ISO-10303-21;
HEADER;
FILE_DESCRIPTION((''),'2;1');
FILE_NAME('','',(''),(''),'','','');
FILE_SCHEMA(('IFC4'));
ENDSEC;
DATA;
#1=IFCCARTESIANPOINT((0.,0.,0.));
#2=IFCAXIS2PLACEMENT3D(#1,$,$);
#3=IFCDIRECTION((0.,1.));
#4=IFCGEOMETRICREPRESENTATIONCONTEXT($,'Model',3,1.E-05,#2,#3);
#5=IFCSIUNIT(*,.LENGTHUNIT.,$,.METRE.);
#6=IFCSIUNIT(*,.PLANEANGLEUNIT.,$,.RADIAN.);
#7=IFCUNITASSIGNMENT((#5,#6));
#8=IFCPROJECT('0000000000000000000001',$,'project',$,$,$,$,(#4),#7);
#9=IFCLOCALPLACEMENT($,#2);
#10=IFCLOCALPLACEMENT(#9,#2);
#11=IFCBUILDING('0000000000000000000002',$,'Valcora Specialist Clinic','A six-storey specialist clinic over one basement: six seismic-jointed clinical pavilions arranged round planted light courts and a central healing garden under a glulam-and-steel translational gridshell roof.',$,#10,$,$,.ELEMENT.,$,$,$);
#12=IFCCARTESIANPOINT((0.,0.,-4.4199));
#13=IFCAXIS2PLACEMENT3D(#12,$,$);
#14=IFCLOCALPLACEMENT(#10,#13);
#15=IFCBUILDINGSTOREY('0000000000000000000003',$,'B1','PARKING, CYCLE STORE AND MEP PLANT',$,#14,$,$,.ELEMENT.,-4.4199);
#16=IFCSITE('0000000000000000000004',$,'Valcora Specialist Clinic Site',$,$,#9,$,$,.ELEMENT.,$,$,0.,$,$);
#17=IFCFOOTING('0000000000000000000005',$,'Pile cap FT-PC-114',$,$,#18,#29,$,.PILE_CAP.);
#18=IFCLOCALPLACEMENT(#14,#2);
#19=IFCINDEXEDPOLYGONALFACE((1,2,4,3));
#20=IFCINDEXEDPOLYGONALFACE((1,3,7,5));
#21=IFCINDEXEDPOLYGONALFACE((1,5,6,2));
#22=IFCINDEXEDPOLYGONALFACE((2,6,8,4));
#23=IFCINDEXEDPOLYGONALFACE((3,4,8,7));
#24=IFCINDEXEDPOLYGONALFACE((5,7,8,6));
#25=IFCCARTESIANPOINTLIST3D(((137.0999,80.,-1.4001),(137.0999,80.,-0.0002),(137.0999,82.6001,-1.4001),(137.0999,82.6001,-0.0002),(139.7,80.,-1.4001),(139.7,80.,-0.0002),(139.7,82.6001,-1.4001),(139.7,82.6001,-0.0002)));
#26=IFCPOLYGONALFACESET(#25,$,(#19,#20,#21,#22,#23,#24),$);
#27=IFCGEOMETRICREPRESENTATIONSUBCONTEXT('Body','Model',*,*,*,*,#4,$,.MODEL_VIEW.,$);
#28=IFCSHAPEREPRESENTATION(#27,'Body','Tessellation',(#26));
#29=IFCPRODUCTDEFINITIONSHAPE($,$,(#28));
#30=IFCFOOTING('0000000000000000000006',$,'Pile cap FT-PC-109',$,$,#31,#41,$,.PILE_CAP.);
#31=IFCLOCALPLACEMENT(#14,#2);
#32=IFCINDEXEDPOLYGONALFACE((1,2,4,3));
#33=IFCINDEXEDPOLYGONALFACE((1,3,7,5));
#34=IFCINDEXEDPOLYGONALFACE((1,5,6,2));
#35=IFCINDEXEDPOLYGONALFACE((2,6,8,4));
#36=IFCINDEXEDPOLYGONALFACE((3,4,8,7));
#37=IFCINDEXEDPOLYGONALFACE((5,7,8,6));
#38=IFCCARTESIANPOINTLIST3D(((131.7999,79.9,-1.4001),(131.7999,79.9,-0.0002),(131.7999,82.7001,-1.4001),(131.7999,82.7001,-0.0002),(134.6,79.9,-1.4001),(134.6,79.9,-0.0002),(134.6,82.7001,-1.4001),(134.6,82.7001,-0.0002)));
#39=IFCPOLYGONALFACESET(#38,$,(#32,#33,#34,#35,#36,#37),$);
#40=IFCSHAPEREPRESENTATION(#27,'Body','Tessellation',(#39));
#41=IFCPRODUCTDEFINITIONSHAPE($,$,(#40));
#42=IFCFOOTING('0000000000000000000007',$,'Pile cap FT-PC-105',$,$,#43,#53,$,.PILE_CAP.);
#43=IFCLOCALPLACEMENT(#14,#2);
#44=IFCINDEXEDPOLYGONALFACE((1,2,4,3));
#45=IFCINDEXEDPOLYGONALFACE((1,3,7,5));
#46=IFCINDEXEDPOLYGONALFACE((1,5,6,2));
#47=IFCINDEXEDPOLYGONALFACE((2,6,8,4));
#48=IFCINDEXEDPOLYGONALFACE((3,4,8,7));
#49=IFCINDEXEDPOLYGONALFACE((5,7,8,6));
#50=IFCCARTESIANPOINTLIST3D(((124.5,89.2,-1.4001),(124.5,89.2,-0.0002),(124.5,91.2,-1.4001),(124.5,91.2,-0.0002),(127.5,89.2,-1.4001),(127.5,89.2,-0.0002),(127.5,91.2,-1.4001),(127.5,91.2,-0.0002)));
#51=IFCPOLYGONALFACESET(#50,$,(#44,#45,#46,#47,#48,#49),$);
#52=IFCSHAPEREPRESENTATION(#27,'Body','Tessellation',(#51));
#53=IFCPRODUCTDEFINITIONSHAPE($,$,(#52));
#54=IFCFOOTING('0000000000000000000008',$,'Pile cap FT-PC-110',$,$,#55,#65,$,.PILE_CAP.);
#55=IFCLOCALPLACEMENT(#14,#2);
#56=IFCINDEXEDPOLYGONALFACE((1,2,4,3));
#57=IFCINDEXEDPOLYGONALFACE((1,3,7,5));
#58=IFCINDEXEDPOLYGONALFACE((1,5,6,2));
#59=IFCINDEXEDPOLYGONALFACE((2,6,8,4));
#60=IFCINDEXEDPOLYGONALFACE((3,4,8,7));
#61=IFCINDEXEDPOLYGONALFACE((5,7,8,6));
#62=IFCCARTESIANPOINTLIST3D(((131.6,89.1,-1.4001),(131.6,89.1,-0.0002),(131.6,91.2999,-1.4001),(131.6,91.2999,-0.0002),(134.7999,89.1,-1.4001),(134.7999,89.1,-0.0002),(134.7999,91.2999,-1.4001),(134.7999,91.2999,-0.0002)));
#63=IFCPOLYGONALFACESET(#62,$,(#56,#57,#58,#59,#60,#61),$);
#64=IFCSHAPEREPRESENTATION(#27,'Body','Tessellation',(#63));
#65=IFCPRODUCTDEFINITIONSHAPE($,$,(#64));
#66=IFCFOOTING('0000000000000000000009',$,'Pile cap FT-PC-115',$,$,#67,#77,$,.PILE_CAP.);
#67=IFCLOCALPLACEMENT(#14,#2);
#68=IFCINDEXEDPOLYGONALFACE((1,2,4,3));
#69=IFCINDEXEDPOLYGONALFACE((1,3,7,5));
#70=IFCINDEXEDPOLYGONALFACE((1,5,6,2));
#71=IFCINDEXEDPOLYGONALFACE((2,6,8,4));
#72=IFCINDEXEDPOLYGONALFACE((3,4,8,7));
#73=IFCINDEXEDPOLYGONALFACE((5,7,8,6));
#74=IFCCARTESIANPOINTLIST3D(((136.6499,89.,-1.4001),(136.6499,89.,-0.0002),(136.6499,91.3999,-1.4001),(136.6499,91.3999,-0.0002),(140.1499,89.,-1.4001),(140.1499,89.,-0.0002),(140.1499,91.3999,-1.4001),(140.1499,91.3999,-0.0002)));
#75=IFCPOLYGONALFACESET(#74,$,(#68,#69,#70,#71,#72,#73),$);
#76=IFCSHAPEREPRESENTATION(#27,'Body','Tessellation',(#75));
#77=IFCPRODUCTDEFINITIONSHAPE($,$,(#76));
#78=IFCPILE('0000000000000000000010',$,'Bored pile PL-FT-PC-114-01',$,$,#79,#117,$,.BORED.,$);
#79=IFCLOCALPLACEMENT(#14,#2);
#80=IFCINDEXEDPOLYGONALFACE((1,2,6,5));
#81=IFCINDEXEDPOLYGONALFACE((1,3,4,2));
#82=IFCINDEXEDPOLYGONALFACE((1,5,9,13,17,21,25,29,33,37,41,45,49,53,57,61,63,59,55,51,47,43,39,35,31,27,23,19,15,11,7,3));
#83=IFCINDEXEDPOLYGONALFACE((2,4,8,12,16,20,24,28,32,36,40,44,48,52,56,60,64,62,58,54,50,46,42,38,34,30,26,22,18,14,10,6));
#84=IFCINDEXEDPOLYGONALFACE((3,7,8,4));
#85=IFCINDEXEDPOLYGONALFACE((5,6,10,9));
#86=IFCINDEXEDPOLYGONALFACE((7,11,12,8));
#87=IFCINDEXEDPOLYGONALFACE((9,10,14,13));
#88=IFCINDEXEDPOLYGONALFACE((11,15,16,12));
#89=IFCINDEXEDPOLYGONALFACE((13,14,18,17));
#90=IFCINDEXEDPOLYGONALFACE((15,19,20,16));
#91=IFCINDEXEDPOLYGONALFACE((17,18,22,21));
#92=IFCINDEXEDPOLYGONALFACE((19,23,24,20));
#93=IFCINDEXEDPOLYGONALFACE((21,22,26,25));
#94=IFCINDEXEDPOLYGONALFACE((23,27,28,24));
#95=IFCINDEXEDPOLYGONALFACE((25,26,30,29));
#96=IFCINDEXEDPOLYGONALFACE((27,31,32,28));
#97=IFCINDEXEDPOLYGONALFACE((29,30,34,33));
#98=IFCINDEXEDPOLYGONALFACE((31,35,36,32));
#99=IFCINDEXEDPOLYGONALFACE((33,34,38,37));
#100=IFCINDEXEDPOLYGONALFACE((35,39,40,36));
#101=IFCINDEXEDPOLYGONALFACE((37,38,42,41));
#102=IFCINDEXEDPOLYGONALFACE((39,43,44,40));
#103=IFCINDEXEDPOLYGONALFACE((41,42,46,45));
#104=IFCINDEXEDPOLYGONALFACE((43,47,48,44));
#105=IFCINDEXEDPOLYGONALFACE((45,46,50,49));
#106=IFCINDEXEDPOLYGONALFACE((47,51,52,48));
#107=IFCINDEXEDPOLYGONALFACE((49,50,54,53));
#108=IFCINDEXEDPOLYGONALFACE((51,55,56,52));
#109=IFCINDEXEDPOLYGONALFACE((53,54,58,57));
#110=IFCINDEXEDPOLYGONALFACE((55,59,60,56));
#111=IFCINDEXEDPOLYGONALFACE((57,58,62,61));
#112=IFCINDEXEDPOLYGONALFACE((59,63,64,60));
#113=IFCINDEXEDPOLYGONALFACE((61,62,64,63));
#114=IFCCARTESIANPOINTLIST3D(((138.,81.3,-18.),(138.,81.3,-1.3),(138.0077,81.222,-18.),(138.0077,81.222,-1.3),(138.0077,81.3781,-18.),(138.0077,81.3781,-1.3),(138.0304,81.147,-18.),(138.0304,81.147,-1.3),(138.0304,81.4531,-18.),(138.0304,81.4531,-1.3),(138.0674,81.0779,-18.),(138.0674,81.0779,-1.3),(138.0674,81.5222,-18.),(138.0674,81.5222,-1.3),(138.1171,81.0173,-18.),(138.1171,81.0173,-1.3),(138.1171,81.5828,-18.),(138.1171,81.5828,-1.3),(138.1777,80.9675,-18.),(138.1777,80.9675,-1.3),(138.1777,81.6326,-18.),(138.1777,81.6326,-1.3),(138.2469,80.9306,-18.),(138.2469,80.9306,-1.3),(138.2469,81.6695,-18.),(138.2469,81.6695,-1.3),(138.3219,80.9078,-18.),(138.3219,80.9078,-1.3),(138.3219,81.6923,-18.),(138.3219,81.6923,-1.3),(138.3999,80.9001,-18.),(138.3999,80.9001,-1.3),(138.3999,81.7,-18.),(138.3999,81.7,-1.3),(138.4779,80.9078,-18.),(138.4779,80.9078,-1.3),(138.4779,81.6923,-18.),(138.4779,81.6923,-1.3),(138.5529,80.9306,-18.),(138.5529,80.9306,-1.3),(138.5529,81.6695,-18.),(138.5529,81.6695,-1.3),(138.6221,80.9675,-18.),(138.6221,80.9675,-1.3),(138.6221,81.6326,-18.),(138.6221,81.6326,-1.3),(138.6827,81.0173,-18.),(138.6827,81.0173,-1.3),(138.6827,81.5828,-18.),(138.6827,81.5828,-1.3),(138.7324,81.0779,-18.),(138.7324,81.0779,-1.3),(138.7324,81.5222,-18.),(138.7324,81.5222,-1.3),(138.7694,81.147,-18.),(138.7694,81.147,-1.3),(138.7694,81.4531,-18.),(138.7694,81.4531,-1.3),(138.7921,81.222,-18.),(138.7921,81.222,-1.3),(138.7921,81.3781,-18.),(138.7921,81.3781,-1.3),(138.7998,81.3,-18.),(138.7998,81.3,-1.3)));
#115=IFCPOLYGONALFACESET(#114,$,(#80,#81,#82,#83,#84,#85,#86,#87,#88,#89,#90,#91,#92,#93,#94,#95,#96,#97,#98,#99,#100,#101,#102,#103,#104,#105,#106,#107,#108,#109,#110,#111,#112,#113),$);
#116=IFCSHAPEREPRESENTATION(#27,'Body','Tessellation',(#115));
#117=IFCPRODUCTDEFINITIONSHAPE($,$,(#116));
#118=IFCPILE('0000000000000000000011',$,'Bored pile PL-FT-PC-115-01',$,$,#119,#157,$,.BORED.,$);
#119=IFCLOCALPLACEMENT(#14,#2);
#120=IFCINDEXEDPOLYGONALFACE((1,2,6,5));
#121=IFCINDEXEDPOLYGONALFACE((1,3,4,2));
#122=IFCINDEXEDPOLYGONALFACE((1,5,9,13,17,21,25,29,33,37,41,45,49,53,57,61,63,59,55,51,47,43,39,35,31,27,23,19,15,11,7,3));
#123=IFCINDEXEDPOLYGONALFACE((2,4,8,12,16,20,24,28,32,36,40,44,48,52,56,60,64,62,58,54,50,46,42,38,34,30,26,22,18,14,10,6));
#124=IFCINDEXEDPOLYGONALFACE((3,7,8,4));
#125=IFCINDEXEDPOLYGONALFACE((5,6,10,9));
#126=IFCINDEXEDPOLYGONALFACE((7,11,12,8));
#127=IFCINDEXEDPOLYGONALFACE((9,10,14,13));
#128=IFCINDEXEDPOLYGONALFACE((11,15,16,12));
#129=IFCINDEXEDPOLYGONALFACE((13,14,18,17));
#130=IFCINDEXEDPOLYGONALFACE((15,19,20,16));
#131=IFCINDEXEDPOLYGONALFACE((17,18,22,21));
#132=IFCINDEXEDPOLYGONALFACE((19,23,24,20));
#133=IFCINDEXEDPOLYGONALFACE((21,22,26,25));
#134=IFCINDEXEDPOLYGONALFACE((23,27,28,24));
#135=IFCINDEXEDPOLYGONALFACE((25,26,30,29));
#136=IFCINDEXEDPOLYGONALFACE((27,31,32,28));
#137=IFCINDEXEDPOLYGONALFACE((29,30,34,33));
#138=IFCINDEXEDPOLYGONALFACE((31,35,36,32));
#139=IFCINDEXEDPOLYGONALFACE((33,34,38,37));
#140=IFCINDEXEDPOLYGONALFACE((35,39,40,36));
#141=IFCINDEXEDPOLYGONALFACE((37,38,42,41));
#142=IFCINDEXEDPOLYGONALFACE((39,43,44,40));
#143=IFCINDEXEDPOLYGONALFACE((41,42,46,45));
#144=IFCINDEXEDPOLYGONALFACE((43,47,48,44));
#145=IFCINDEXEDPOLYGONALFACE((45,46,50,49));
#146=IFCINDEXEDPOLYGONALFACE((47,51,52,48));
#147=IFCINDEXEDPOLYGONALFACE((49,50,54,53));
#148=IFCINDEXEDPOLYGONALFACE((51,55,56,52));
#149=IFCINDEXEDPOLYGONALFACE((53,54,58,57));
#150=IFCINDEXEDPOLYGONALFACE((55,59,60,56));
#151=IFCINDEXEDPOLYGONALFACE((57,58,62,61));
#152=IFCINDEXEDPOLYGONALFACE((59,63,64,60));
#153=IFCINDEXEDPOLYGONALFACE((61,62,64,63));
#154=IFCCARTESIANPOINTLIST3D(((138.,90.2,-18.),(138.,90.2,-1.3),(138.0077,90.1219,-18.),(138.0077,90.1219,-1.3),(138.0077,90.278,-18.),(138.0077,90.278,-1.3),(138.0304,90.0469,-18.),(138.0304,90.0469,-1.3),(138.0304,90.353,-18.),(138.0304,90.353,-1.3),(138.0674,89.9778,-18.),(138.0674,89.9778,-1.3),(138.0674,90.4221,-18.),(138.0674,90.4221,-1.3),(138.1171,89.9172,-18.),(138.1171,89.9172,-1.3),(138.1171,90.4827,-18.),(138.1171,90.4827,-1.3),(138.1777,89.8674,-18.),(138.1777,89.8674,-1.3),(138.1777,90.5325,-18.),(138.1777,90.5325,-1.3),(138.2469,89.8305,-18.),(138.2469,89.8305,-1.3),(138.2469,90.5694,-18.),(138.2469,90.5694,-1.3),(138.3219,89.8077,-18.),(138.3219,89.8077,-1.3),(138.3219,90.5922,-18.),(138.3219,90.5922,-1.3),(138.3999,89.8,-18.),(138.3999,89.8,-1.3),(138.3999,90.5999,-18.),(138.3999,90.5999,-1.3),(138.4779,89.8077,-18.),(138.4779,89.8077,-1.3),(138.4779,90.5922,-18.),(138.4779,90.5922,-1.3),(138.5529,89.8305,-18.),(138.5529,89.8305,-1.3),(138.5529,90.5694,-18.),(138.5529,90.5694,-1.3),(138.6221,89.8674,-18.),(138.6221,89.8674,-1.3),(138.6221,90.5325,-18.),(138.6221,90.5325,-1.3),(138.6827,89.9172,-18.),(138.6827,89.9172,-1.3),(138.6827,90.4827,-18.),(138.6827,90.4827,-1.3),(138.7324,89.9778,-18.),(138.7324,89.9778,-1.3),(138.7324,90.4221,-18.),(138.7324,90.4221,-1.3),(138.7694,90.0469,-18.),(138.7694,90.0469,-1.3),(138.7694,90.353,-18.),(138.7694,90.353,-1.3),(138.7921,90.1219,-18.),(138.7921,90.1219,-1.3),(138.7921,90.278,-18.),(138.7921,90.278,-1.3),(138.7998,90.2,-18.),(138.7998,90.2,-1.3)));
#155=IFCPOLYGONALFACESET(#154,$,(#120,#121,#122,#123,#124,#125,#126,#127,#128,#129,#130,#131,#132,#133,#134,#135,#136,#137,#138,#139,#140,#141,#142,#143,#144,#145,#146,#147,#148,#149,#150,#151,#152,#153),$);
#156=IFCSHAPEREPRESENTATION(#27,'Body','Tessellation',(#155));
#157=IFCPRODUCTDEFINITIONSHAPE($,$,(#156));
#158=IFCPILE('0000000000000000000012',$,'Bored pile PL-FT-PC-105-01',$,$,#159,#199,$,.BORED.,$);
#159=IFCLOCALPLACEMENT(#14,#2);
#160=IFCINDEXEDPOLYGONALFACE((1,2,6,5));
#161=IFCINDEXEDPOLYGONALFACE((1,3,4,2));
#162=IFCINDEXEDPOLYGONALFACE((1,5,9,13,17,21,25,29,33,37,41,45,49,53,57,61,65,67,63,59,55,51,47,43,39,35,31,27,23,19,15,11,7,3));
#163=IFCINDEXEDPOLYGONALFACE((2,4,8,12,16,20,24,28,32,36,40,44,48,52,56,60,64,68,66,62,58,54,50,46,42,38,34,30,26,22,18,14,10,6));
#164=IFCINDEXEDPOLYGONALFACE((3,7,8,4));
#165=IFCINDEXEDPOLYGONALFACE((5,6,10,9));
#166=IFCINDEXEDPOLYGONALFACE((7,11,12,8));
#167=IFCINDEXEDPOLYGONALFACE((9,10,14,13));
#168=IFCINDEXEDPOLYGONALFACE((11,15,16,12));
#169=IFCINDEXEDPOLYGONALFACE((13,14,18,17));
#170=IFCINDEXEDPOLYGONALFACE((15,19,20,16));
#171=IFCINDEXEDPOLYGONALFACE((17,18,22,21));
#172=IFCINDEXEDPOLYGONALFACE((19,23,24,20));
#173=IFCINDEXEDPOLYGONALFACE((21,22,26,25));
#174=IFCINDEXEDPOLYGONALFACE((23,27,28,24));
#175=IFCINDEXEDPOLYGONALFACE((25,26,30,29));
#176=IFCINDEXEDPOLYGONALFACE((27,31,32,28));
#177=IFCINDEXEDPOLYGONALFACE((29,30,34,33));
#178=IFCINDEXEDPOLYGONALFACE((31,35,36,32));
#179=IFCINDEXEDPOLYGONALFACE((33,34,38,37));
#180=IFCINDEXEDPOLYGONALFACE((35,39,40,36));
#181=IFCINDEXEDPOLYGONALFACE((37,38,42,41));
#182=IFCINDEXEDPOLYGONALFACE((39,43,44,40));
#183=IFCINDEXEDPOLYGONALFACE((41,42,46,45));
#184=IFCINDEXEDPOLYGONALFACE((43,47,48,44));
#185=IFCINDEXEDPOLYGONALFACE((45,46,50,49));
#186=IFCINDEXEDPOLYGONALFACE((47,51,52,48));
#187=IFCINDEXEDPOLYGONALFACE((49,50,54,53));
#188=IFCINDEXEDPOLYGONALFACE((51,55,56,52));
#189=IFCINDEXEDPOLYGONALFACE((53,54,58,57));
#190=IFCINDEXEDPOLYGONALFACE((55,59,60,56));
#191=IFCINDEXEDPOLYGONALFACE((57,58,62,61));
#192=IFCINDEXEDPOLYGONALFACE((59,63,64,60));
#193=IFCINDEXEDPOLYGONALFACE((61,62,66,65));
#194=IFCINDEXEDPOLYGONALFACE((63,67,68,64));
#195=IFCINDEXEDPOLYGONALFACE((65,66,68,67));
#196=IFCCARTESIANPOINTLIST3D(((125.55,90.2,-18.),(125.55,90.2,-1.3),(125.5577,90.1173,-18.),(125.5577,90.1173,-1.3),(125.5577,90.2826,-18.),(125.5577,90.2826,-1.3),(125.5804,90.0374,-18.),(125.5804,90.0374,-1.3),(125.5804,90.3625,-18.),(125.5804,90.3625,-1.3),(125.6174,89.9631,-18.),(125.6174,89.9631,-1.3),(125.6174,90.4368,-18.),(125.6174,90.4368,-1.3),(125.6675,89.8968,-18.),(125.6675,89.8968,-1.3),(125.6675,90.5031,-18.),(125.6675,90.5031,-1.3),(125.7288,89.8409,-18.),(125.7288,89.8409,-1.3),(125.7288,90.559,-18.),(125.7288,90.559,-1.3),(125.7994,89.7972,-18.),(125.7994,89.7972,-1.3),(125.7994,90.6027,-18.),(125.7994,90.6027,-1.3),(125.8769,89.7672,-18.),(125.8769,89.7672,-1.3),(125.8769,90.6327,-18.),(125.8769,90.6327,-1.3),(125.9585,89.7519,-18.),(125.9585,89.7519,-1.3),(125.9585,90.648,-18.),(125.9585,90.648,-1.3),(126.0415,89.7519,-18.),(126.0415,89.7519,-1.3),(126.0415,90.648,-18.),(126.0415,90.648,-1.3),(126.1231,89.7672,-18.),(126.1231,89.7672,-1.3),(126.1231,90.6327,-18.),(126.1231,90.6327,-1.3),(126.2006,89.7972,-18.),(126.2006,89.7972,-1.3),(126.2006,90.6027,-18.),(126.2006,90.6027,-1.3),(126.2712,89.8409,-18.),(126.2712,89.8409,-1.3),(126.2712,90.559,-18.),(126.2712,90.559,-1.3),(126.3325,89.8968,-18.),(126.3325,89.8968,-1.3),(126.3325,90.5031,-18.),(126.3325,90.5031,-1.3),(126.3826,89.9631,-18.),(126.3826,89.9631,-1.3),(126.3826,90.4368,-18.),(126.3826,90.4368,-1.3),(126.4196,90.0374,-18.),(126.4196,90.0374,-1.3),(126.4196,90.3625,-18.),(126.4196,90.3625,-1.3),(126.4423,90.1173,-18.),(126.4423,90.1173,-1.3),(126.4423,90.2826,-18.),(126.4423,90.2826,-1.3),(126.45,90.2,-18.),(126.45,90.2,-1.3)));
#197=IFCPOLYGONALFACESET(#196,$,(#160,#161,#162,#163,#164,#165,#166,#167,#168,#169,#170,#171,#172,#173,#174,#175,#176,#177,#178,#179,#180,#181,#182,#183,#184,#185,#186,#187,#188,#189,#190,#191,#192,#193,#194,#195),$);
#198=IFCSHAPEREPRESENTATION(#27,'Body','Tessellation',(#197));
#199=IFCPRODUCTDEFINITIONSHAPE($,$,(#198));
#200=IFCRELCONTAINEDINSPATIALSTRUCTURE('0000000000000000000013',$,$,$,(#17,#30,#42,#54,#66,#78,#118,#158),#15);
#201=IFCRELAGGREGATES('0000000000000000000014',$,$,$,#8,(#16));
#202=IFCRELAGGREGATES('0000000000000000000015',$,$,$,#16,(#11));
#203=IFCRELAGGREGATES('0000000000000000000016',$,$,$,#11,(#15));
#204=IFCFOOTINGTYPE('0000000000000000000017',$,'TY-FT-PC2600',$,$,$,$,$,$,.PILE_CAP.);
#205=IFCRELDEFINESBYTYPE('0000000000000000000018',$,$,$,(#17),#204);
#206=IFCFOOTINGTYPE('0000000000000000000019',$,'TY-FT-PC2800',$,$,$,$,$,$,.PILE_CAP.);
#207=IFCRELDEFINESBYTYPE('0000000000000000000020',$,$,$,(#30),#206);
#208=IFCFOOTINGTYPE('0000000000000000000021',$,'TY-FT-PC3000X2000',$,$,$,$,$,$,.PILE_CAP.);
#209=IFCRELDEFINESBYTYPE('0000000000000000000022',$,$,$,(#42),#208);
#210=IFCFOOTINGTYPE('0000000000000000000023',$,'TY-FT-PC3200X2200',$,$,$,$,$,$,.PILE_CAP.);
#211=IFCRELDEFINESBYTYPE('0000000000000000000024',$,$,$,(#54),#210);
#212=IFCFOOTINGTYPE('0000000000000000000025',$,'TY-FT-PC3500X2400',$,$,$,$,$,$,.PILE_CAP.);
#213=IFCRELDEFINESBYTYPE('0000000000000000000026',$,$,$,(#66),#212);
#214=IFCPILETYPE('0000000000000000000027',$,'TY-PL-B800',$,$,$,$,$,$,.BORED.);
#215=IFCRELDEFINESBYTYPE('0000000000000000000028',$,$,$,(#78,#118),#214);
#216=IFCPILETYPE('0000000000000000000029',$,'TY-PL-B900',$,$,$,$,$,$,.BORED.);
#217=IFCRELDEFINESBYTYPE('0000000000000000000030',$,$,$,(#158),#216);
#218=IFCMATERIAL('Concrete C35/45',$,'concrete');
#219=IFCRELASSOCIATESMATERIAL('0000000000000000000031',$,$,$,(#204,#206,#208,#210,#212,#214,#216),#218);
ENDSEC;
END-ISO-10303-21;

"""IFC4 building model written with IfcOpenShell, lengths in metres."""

from ifc_helpers import new_model, si_unit, direction, frame, origin, origin_2d, place, context, subcontext, project, spatial, rectangle, circle, extrude, material, material_profile, profile_set, type_object, element, save


model = new_model("IFC4")

# Units and contexts
model_context = context("Model", 3, precision=1e-05, world=origin(), true_north=direction((0.0, 1.0)))
body_context = subcontext(model_context, "Body", "Model", "MODEL_VIEW")
ifc_project = project(units=[si_unit("LENGTHUNIT", "METRE"), si_unit("PLANEANGLEUNIT", "RADIAN")], contexts=[model_context])

# Site, building, storey
site_placement = place(None, origin())
site = spatial("IfcSite", under=ifc_project, at=site_placement, Name="Valcora Specialist Clinic Site", CompositionType="ELEMENT", RefElevation=0.0)
building_placement = place(site_placement, origin())
building = spatial("IfcBuilding", under=site, at=building_placement, Name="Valcora Specialist Clinic", Description="A six-storey specialist clinic over one basement: six seismic-jointed clinical pavilions arranged round planted light courts and a central healing garden under a glulam-and-steel translational gridshell roof.", CompositionType="ELEMENT")
storey_placement = place(building_placement, frame((0.0, 0.0, -4.4199)))
storey = spatial("IfcBuildingStorey", under=building, at=storey_placement, Name="B1", Description="PARKING, CYCLE STORE AND MEP PLANT", CompositionType="ELEMENT", Elevation=-4.4199)

# Footings
ifc_material_1 = material(Name="Concrete C35/45", Category="concrete")
footing_type_1 = type_object("IfcFootingType", Name="TY-FT-PC2600", PredefinedType="PILE_CAP", material=ifc_material_1)
footing_1_placement = place(storey_placement, frame((138.3999, 81.3, -1.4001), z_axis=(0.0, 0.0, 1.0), x_axis=(1.0, 0.0, 0.0)))
element("IfcFooting", 1, at=footing_1_placement, inside=storey, type_object=footing_type_1, Name="Pile cap FT-PC-114", PredefinedType="PILE_CAP", context=body_context, shape_type="SweptSolid", body=[
    extrude(rectangle(XDim=2.6001, YDim=2.6001, at=origin_2d()), origin(), (0.0, 0.0, 1.0), 1.3999),
])
footing_type_2 = type_object("IfcFootingType", Name="TY-FT-PC2800", PredefinedType="PILE_CAP", material=ifc_material_1)
footing_2_placement = place(storey_placement, frame((133.2, 81.3, -1.4001), z_axis=(0.0, 0.0, 1.0), x_axis=(1.0, 0.0, 0.0)))
element("IfcFooting", 2, at=footing_2_placement, inside=storey, type_object=footing_type_2, Name="Pile cap FT-PC-109", PredefinedType="PILE_CAP", context=body_context, shape_type="SweptSolid", body=[
    extrude(rectangle(XDim=2.8, YDim=2.8, at=origin_2d()), origin(), (0.0, 0.0, 1.0), 1.3999),
])
footing_type_3 = type_object("IfcFootingType", Name="TY-FT-PC3000X2000", PredefinedType="PILE_CAP", material=ifc_material_1)
footing_3_placement = place(storey_placement, frame((126.0, 90.2, -1.4001), z_axis=(0.0, 0.0, 1.0), x_axis=(1.0, 0.0, 0.0)))
element("IfcFooting", 3, at=footing_3_placement, inside=storey, type_object=footing_type_3, Name="Pile cap FT-PC-105", PredefinedType="PILE_CAP", context=body_context, shape_type="SweptSolid", body=[
    extrude(rectangle(XDim=3.0, YDim=2.0, at=origin_2d()), origin(), (0.0, 0.0, 1.0), 1.3999),
])
footing_type_4 = type_object("IfcFootingType", Name="TY-FT-PC3200X2200", PredefinedType="PILE_CAP", material=ifc_material_1)
footing_4_placement = place(storey_placement, frame((133.2, 90.2, -1.4001), z_axis=(0.0, 0.0, 1.0), x_axis=(1.0, 0.0, 0.0)))
element("IfcFooting", 4, at=footing_4_placement, inside=storey, type_object=footing_type_4, Name="Pile cap FT-PC-110", PredefinedType="PILE_CAP", context=body_context, shape_type="SweptSolid", body=[
    extrude(rectangle(XDim=3.2, YDim=2.2, at=origin_2d()), origin(), (0.0, 0.0, 1.0), 1.3999),
])
footing_type_5 = type_object("IfcFootingType", Name="TY-FT-PC3500X2400", PredefinedType="PILE_CAP", material=ifc_material_1)
footing_5_placement = place(storey_placement, frame((138.3999, 90.2, -1.4001), z_axis=(0.0, 0.0, 1.0), x_axis=(1.0, 0.0, 0.0)))
element("IfcFooting", 5, at=footing_5_placement, inside=storey, type_object=footing_type_5, Name="Pile cap FT-PC-115", PredefinedType="PILE_CAP", context=body_context, shape_type="SweptSolid", body=[
    extrude(rectangle(XDim=3.5, YDim=2.3999, at=origin_2d()), origin(), (0.0, 0.0, 1.0), 1.3999),
])

# Piles
ifc_material_profile_1 = material_profile(ifc_material_1, circle(Radius=0.3999, at=origin_2d()), Name="RC-PIL-D800")
ifc_profile_set_1 = profile_set([ifc_material_profile_1], Name="Concrete C35/45")
pile_type_1 = type_object("IfcPileType", Name="TY-PL-B800", PredefinedType="BORED", material=ifc_profile_set_1)
for number, where, z_axis, x_axis, name in (
    (6, (138.3999, 81.3, -1.3), (0.0, 0.0, -1.0), (1.0, 0.0, 0.0), "Bored pile PL-FT-PC-114-01"),
    (7, (138.3999, 90.2, -1.3), (0.0, 0.0, -1.0), (1.0, 0.0, 0.0), "Bored pile PL-FT-PC-115-01"),
):
    element("IfcPile", number, at=place(storey_placement, frame(where, z_axis=z_axis, x_axis=x_axis)), inside=storey, type_object=pile_type_1, Name=name, PredefinedType="BORED", context=body_context, shape_type="SweptSolid", body=[
        extrude(circle(Radius=0.3999, at=origin_2d()), origin(), (0.0, 0.0, 1.0), 16.7),
    ])
ifc_material_profile_2 = material_profile(ifc_material_1, circle(Radius=0.45, at=origin_2d()), Name="RC-PIL-D900")
ifc_profile_set_2 = profile_set([ifc_material_profile_2], Name="Concrete C35/45")
pile_type_2 = type_object("IfcPileType", Name="TY-PL-B900", PredefinedType="BORED", material=ifc_profile_set_2)
for number, where, z_axis, x_axis, name in (
    (8, (126.0, 90.2, -1.3), (0.0, 0.0, -1.0), (1.0, 0.0, 0.0), "Bored pile PL-FT-PC-105-01"),
):
    element("IfcPile", number, at=place(storey_placement, frame(where, z_axis=z_axis, x_axis=x_axis)), inside=storey, type_object=pile_type_2, Name=name, PredefinedType="BORED", context=body_context, shape_type="SweptSolid", body=[
        extrude(circle(Radius=0.45, at=origin_2d()), origin(), (0.0, 0.0, 1.0), 16.7),
    ])

save(model, "model.ifc")
